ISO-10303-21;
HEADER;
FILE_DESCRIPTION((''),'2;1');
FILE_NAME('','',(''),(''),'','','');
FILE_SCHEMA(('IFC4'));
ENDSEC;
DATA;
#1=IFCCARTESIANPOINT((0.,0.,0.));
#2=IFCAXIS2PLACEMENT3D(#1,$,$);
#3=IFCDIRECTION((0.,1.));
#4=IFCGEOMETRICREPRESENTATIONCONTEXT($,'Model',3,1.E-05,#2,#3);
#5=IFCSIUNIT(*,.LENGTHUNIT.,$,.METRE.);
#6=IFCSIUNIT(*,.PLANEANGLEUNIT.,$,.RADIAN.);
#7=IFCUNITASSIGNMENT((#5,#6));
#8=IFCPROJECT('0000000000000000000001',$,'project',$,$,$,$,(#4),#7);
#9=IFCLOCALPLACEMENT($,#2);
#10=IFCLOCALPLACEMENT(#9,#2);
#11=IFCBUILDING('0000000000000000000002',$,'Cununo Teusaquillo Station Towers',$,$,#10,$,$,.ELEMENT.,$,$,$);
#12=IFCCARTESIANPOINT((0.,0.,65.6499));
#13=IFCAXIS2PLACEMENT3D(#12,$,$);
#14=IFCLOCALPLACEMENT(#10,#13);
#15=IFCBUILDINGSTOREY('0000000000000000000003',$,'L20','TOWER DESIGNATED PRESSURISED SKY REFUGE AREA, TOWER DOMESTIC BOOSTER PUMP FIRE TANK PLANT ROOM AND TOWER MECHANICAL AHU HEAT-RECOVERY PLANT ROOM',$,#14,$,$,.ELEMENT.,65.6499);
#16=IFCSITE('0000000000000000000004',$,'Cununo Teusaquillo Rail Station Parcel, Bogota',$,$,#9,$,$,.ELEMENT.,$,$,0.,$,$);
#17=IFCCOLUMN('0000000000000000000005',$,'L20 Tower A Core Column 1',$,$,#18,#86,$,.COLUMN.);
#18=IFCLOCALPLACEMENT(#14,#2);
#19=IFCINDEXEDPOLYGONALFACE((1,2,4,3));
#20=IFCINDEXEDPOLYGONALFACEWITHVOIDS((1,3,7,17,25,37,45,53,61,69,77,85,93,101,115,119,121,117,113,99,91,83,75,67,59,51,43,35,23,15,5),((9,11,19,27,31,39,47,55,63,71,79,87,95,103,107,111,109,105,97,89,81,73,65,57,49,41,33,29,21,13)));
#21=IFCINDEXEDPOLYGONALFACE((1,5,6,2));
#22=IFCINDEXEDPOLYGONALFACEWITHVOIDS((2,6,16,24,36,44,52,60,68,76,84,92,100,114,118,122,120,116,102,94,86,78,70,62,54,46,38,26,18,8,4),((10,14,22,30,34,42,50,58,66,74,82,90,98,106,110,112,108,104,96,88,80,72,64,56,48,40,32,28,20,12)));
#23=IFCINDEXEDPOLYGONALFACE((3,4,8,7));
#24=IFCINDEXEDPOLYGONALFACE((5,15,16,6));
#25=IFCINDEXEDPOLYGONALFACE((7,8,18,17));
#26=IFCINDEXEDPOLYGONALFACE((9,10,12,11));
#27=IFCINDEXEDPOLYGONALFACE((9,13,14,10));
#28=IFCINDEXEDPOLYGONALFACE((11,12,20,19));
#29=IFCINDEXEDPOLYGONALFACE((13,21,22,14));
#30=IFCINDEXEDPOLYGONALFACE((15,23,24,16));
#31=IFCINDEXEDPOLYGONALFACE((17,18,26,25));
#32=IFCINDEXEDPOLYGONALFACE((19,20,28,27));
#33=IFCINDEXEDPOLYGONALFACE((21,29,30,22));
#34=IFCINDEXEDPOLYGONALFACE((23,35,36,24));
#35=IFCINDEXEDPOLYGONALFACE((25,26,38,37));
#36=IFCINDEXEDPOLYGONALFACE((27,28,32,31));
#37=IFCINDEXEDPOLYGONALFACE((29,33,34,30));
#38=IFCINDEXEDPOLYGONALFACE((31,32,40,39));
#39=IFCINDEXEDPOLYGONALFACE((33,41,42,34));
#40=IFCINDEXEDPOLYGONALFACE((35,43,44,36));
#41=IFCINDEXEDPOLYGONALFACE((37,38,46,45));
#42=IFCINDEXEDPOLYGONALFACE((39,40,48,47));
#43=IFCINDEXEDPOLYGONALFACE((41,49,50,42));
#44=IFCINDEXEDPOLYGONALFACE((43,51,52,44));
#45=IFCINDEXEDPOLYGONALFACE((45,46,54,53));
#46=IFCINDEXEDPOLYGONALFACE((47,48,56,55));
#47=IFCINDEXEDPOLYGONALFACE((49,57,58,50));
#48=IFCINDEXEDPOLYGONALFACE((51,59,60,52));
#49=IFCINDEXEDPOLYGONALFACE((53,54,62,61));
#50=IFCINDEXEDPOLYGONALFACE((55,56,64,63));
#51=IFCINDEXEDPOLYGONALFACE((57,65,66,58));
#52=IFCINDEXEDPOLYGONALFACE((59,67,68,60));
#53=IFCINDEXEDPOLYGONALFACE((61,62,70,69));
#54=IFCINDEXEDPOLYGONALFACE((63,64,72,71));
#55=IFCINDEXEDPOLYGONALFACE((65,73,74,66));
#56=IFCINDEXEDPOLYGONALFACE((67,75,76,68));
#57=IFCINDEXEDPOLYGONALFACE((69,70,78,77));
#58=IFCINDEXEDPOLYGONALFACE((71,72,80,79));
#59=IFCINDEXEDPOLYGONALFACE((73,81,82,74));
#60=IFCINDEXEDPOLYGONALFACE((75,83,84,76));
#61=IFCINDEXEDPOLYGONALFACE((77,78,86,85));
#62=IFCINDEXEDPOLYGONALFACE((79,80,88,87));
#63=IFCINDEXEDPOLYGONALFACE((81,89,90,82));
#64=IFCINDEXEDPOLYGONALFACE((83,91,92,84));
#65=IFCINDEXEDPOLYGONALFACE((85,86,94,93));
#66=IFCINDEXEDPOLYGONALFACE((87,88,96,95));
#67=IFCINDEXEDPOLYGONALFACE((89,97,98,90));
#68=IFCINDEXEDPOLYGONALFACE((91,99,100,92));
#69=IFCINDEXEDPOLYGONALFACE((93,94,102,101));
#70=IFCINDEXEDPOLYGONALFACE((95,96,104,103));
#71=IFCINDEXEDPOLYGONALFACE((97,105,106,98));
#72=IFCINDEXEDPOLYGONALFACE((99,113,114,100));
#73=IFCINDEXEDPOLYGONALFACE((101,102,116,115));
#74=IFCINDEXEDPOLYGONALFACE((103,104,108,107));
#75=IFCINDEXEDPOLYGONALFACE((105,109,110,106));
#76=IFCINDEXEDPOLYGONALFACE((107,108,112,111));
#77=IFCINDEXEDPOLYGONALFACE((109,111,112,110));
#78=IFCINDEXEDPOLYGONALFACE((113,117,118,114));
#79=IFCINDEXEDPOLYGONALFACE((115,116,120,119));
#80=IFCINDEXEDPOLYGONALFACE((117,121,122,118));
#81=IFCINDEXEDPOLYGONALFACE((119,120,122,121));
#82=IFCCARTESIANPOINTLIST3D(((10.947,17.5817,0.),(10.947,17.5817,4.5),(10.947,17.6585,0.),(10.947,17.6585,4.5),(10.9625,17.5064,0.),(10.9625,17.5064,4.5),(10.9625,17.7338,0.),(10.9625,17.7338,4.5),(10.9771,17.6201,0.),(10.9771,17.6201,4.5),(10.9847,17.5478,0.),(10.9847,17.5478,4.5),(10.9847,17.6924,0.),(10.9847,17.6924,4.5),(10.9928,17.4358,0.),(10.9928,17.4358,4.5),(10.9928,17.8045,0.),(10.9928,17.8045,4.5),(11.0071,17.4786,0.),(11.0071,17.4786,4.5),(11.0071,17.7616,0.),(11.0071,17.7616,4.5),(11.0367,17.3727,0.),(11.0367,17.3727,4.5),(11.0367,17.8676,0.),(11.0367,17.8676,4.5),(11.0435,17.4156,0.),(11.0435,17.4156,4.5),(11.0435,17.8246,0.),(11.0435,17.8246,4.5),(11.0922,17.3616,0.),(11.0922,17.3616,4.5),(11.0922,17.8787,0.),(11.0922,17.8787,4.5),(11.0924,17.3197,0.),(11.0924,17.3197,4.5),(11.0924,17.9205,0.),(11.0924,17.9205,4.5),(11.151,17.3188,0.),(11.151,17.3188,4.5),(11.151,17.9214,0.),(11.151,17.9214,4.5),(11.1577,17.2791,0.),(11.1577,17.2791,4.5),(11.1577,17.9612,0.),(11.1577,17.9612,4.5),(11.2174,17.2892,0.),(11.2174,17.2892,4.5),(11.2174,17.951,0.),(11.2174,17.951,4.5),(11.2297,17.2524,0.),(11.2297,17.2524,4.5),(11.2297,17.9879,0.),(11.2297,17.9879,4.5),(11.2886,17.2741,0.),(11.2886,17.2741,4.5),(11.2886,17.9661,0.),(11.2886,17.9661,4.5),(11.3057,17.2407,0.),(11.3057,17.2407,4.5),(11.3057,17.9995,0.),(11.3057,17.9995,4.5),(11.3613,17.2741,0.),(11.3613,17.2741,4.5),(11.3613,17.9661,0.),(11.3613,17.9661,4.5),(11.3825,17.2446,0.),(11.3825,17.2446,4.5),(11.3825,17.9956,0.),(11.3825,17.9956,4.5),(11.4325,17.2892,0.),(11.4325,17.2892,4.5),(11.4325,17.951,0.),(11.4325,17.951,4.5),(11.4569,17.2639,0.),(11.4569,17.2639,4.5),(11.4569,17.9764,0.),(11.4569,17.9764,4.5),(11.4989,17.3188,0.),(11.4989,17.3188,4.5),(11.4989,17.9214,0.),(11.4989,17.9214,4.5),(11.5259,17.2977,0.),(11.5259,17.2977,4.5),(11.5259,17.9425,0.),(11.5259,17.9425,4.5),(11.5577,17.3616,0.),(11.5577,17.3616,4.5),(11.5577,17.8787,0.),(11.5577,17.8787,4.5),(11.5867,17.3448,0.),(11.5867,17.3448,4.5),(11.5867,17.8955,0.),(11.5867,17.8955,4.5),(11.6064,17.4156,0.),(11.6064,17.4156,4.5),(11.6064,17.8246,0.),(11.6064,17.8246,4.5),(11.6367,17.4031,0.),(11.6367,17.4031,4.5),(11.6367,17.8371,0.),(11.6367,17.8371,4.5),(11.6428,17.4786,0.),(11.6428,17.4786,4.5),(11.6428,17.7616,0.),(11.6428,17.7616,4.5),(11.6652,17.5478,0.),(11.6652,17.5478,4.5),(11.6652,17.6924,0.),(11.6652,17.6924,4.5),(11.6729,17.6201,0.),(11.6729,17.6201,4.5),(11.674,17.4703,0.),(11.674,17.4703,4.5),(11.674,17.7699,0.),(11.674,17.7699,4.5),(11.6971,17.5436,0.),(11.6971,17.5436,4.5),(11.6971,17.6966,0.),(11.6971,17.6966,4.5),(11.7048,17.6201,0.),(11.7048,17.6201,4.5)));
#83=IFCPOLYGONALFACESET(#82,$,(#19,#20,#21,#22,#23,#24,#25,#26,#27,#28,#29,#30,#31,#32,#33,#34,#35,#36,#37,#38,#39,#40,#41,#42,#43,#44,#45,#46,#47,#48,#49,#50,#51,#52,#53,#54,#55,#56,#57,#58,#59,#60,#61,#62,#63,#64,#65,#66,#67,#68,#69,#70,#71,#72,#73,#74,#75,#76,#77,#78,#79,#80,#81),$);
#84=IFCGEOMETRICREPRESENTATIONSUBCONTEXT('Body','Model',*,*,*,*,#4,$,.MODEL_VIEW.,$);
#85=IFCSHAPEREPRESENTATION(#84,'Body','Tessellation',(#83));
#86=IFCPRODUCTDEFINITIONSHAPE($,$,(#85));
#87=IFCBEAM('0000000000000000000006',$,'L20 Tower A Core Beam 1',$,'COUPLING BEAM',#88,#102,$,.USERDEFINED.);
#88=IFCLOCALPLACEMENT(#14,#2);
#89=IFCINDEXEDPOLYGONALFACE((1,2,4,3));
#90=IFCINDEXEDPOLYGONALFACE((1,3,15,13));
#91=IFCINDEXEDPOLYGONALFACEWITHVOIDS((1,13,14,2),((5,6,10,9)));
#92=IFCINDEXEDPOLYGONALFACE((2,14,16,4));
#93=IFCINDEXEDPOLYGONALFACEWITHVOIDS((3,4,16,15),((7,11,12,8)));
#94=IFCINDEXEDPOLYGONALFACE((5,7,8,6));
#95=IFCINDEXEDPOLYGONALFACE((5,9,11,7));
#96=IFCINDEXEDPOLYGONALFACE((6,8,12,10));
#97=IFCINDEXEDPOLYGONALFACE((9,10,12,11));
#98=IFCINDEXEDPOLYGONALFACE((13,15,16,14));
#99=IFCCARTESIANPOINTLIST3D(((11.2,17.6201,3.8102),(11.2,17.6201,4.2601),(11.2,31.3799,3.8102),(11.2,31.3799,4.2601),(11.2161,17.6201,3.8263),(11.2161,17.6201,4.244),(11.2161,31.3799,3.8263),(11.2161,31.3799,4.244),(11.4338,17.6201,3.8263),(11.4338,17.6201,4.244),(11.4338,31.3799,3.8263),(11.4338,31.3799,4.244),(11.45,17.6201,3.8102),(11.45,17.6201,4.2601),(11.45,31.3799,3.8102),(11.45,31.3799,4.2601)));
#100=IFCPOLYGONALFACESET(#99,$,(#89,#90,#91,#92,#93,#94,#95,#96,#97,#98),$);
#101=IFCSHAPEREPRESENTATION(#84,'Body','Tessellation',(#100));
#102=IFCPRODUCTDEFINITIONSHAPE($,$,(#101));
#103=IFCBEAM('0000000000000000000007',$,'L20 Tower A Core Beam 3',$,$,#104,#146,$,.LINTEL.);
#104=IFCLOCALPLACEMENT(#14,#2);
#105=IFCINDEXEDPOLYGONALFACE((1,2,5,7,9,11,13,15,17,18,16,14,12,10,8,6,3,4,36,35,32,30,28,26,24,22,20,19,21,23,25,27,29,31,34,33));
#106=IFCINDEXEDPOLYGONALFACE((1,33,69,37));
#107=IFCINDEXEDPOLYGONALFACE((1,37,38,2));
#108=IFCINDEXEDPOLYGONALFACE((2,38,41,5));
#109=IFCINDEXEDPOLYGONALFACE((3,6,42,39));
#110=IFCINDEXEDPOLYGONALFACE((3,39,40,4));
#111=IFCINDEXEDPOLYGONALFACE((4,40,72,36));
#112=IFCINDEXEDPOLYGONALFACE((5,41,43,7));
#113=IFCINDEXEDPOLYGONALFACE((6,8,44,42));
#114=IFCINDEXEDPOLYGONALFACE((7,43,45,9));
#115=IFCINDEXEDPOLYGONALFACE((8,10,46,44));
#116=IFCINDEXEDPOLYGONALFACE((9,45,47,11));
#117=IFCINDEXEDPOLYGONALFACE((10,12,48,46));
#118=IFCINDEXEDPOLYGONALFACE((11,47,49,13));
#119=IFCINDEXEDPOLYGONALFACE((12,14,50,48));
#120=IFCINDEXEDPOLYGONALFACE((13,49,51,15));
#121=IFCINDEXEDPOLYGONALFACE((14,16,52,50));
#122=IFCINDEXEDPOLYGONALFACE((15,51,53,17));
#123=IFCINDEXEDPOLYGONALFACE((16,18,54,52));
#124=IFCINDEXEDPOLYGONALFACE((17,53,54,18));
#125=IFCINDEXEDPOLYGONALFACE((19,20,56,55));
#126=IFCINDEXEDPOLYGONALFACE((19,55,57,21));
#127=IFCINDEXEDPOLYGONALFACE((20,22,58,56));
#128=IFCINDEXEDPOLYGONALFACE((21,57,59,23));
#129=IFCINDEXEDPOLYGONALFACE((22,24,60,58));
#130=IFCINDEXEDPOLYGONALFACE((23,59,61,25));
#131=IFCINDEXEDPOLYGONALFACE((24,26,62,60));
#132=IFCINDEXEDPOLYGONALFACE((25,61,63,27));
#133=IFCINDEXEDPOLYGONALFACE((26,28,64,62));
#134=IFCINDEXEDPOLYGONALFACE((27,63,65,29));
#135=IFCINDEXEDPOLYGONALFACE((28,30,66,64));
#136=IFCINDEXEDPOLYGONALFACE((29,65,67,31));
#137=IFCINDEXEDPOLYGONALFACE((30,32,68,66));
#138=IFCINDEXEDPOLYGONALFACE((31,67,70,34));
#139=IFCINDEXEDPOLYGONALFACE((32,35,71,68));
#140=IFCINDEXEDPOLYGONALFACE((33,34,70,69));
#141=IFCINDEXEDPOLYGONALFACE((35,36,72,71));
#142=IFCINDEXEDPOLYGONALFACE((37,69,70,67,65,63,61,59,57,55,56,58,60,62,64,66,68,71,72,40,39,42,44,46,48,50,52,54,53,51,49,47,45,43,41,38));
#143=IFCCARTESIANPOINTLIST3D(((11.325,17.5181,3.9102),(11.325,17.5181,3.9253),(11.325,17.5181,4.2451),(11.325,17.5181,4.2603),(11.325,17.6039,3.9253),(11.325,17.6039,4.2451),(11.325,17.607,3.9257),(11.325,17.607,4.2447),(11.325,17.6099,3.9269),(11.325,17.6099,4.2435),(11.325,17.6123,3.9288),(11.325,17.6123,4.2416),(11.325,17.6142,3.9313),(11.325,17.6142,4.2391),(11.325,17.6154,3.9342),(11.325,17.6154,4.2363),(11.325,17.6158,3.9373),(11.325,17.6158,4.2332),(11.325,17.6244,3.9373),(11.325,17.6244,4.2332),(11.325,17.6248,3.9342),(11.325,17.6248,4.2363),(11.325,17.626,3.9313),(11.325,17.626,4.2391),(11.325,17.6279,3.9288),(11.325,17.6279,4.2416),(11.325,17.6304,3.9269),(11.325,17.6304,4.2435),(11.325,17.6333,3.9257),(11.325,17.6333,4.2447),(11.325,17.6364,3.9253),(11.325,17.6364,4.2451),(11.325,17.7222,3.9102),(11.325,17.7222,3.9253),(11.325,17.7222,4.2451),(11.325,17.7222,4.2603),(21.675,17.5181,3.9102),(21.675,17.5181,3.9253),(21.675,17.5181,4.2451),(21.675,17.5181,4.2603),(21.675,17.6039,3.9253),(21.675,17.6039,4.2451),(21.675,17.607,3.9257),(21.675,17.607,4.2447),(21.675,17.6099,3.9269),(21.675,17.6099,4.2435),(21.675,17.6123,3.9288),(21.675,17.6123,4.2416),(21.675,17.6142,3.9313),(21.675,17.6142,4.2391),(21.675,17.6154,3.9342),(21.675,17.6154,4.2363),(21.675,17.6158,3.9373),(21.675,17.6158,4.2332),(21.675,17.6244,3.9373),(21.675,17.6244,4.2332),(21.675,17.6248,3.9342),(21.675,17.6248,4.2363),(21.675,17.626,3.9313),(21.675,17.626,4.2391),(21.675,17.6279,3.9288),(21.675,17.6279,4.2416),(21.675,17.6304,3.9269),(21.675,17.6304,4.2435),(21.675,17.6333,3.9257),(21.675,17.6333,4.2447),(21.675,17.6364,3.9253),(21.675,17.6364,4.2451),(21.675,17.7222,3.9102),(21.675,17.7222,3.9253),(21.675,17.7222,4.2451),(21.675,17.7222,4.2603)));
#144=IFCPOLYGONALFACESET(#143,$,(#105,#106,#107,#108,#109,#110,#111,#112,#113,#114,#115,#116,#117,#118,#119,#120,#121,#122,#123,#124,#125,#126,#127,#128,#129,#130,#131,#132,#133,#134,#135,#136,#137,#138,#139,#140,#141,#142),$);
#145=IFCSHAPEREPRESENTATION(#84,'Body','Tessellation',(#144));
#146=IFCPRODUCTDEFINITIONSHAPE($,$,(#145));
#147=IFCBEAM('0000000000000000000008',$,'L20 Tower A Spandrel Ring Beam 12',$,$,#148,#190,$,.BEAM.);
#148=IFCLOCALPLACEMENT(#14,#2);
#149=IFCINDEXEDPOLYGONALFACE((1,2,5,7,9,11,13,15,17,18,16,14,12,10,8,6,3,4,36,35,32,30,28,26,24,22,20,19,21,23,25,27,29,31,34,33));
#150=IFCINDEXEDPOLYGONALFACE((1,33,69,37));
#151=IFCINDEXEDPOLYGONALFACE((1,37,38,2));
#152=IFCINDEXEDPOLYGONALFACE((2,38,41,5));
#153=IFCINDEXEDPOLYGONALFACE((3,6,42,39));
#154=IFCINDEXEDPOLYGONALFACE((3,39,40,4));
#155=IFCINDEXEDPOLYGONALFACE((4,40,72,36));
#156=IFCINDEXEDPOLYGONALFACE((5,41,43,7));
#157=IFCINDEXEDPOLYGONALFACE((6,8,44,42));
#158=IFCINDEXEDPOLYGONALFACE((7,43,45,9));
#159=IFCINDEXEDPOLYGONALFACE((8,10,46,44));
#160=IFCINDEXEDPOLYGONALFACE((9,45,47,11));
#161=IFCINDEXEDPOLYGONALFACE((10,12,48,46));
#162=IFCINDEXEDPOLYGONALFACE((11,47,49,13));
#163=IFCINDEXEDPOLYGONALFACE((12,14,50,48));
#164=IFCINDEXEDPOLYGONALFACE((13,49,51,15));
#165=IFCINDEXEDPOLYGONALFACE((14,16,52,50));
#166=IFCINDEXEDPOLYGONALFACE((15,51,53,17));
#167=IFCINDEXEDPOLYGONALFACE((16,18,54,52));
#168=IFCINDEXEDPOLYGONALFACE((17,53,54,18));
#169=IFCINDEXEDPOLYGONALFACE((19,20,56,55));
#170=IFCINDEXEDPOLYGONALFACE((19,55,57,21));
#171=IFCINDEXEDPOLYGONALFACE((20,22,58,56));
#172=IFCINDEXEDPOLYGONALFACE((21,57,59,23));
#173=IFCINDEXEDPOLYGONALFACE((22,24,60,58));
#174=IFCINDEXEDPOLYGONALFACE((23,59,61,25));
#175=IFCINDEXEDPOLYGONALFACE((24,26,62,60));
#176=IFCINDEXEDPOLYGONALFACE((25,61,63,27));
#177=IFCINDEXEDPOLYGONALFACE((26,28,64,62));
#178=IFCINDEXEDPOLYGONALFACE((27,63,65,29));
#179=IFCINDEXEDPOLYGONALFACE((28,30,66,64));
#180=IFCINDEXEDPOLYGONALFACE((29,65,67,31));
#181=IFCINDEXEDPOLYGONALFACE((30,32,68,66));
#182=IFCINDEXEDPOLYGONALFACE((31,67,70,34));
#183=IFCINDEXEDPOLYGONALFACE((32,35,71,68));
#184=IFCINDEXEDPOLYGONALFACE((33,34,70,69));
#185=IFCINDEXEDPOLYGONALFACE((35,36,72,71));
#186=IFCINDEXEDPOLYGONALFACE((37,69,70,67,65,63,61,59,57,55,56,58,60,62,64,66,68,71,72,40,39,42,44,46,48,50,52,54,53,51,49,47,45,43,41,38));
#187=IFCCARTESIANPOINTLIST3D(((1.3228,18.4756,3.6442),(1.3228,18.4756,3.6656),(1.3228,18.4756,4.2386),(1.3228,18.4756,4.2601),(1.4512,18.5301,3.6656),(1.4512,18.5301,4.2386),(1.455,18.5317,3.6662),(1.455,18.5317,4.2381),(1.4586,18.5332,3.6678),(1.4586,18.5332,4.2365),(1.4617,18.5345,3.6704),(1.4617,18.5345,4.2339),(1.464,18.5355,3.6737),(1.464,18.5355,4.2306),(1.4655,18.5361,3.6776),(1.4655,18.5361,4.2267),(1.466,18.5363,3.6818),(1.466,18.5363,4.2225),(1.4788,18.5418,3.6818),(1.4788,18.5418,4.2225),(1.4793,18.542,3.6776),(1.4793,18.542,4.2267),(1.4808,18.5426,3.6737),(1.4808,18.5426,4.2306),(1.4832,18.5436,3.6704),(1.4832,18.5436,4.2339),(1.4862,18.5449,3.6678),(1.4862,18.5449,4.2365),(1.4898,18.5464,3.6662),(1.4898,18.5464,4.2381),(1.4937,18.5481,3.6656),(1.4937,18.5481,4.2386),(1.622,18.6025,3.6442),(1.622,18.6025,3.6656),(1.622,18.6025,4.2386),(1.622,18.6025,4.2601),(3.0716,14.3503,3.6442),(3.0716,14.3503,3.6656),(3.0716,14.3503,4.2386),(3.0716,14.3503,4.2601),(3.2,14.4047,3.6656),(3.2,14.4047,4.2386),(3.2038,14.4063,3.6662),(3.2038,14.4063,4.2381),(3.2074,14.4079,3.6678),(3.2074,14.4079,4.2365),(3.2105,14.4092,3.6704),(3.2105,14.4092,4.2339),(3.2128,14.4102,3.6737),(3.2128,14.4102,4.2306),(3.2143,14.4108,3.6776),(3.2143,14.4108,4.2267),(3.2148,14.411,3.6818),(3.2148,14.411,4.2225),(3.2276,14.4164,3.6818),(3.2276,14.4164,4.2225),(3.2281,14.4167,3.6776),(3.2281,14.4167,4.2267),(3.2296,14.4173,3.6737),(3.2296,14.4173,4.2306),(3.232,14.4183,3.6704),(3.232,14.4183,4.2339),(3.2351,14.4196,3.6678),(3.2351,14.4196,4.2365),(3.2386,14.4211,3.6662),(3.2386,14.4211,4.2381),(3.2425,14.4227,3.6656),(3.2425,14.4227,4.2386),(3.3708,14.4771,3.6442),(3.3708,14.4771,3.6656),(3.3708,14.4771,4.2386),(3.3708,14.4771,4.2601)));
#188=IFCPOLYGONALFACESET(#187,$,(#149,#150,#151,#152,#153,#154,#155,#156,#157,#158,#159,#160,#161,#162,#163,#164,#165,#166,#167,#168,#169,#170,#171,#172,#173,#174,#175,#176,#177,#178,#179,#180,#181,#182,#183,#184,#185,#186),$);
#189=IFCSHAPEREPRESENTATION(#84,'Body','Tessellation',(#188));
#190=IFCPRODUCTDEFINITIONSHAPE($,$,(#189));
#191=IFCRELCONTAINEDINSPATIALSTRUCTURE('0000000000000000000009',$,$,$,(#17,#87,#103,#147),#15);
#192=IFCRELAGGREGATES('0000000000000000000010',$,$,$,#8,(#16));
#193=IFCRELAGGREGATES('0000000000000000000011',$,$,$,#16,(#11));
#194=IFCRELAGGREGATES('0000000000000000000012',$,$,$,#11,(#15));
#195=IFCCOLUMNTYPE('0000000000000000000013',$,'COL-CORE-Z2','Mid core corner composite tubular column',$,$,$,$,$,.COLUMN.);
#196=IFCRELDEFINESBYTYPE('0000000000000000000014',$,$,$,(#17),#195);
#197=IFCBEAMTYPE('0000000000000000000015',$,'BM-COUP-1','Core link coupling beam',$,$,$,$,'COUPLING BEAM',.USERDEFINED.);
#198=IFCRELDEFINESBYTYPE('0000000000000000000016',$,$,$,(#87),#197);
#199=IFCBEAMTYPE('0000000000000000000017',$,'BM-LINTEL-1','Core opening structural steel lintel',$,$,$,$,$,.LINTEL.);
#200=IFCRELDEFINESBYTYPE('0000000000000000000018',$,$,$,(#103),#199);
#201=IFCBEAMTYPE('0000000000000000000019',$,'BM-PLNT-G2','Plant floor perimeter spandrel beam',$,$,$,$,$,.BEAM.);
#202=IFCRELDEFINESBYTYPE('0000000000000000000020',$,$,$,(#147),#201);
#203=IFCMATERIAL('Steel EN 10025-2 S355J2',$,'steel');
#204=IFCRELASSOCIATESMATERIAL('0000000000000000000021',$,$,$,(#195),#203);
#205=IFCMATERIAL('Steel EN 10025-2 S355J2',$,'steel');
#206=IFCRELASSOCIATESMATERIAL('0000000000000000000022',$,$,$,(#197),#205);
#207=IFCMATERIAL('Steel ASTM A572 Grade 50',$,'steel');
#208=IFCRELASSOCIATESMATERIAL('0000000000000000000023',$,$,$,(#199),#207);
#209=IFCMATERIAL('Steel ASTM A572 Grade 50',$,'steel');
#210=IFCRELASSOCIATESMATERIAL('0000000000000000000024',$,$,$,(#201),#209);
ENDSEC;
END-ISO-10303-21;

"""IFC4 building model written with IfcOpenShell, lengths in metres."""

from ifc_helpers import new_model, si_unit, direction, frame, origin, origin_2d, place, context, subcontext, project, spatial, hollow_rectangle, hollow_circle, i_section, extrude, material, material_profile, profile_set, type_object, element, save


model = new_model("IFC4")

# Units and contexts
model_context = context("Model", 3, precision=1e-05, world=origin(), true_north=direction((0.0, 1.0)))
body_context = subcontext(model_context, "Body", "Model", "MODEL_VIEW")
ifc_project = project(units=[si_unit("LENGTHUNIT", "METRE"), si_unit("PLANEANGLEUNIT", "RADIAN")], contexts=[model_context])

# Site, building, storey
site_placement = place(None, origin())
site = spatial("IfcSite", under=ifc_project, at=site_placement, Name="Cununo Teusaquillo Rail Station Parcel, Bogota", CompositionType="ELEMENT", RefElevation=0.0)
building_placement = place(site_placement, origin())
building = spatial("IfcBuilding", under=site, at=building_placement, Name="Cununo Teusaquillo Station Towers", CompositionType="ELEMENT")
storey_placement = place(building_placement, frame((0.0, 0.0, 65.6499)))
storey = spatial("IfcBuildingStorey", under=building, at=storey_placement, Name="L20", Description="TOWER DESIGNATED PRESSURISED SKY REFUGE AREA, TOWER DOMESTIC BOOSTER PUMP FIRE TANK PLANT ROOM AND TOWER MECHANICAL AHU HEAT-RECOVERY PLANT ROOM", CompositionType="ELEMENT", Elevation=65.6499)

# Column
ifc_material_1 = material(Name="Steel EN 10025-2 S355J2", Category="steel")
ifc_material_profile_1 = material_profile(ifc_material_1, hollow_circle(Radius=0.3799, WallThickness=0.032, at=origin_2d()), Name="CHS 760x32")
ifc_profile_set_1 = profile_set([ifc_material_profile_1], Name="Steel EN 10025-2 S355J2")
column_type = type_object("IfcColumnType", Name="COL-CORE-Z2", Description="Mid core corner composite tubular column", PredefinedType="COLUMN", material=ifc_profile_set_1)
column_placement = place(storey_placement, frame((11.325, 17.6201, 0.0), z_axis=(0.0, 0.0, 1.0), x_axis=(1.0, 0.0, 0.0)))
element("IfcColumn", 1, at=column_placement, inside=storey, type_object=column_type, Name="L20 Tower A Core Column 1", PredefinedType="COLUMN", context=body_context, shape_type="SweptSolid", body=[
    extrude(hollow_circle(Radius=0.3799, WallThickness=0.032, at=origin_2d()), origin(), (0.0, 0.0, 1.0), 4.5),
])

# Beams
ifc_material_2 = material(Name="Steel EN 10025-2 S355J2", Category="steel")
ifc_material_profile_2 = material_profile(ifc_material_2, hollow_rectangle(XDim=0.25, YDim=0.45, WallThickness=0.0161, at=origin_2d()), Name="RHS 450x250x16")
ifc_profile_set_2 = profile_set([ifc_material_profile_2], Name="Steel EN 10025-2 S355J2")
beam_type_1 = type_object("IfcBeamType", Name="BM-COUP-1", Description="Core link coupling beam", ElementType="COUPLING BEAM", PredefinedType="USERDEFINED", material=ifc_profile_set_2)
beam_1_placement = place(storey_placement, frame((11.325, 17.6201, 4.0352), z_axis=(0.0, 1.0, 0.0), x_axis=(-1.0, 0.0, 0.0)))
element("IfcBeam", 2, at=beam_1_placement, inside=storey, type_object=beam_type_1, Name="L20 Tower A Core Beam 1", ObjectType="COUPLING BEAM", PredefinedType="USERDEFINED", context=body_context, shape_type="SweptSolid", body=[
    extrude(hollow_rectangle(XDim=0.25, YDim=0.45, WallThickness=0.0161, at=origin_2d()), origin(), (0.0, 0.0, 1.0), 13.7598),
])
ifc_material_3 = material(Name="Steel ASTM A572 Grade 50", Category="steel")
ifc_material_profile_3 = material_profile(ifc_material_3, i_section(OverallWidth=0.2041, OverallDepth=0.3501, WebThickness=0.0085, FlangeThickness=0.0151, FilletRadius=0.012, at=origin_2d()), Name="W14X48")
ifc_profile_set_3 = profile_set([ifc_material_profile_3], Name="Steel ASTM A572 Grade 50")
beam_type_2 = type_object("IfcBeamType", Name="BM-LINTEL-1", Description="Core opening structural steel lintel", PredefinedType="LINTEL", material=ifc_profile_set_3)
beam_2_placement = place(storey_placement, frame((11.325, 17.6201, 4.0852), z_axis=(1.0, 0.0, 0.0), x_axis=(0.0, 1.0, 0.0)))
element("IfcBeam", 3, at=beam_2_placement, inside=storey, type_object=beam_type_2, Name="L20 Tower A Core Beam 3", PredefinedType="LINTEL", context=body_context, shape_type="SweptSolid", body=[
    extrude(i_section(OverallWidth=0.2041, OverallDepth=0.3501, WebThickness=0.0085, FlangeThickness=0.0151, FilletRadius=0.012, at=origin_2d()), origin(), (0.0, 0.0, 1.0), 10.3501),
])
ifc_material_4 = material(Name="Steel ASTM A572 Grade 50", Category="steel")
ifc_material_profile_4 = material_profile(ifc_material_4, i_section(OverallWidth=0.325, OverallDepth=0.616, WebThickness=0.0139, FlangeThickness=0.0215, FilletRadius=0.0161, at=origin_2d()), Name="W24X117")
ifc_profile_set_4 = profile_set([ifc_material_profile_4], Name="Steel ASTM A572 Grade 50")
beam_type_3 = type_object("IfcBeamType", Name="BM-PLNT-G2", Description="Plant floor perimeter spandrel beam", PredefinedType="BEAM", material=ifc_profile_set_4)
beam_3_placement = place(storey_placement, frame((1.4724, 18.5391, 3.9521), z_axis=(0.390299, -0.920688, 0.0), x_axis=(0.920688, 0.390299, 0.0)))
element("IfcBeam", 4, at=beam_3_placement, inside=storey, type_object=beam_type_3, Name="L20 Tower A Spandrel Ring Beam 12", PredefinedType="BEAM", context=body_context, shape_type="SweptSolid", body=[
    extrude(i_section(OverallWidth=0.325, OverallDepth=0.616, WebThickness=0.0139, FlangeThickness=0.0215, FilletRadius=0.0161, at=origin_2d()), origin(), (0.0, 0.0, 1.0), 4.4807),
])

save(model, "model.ifc")
